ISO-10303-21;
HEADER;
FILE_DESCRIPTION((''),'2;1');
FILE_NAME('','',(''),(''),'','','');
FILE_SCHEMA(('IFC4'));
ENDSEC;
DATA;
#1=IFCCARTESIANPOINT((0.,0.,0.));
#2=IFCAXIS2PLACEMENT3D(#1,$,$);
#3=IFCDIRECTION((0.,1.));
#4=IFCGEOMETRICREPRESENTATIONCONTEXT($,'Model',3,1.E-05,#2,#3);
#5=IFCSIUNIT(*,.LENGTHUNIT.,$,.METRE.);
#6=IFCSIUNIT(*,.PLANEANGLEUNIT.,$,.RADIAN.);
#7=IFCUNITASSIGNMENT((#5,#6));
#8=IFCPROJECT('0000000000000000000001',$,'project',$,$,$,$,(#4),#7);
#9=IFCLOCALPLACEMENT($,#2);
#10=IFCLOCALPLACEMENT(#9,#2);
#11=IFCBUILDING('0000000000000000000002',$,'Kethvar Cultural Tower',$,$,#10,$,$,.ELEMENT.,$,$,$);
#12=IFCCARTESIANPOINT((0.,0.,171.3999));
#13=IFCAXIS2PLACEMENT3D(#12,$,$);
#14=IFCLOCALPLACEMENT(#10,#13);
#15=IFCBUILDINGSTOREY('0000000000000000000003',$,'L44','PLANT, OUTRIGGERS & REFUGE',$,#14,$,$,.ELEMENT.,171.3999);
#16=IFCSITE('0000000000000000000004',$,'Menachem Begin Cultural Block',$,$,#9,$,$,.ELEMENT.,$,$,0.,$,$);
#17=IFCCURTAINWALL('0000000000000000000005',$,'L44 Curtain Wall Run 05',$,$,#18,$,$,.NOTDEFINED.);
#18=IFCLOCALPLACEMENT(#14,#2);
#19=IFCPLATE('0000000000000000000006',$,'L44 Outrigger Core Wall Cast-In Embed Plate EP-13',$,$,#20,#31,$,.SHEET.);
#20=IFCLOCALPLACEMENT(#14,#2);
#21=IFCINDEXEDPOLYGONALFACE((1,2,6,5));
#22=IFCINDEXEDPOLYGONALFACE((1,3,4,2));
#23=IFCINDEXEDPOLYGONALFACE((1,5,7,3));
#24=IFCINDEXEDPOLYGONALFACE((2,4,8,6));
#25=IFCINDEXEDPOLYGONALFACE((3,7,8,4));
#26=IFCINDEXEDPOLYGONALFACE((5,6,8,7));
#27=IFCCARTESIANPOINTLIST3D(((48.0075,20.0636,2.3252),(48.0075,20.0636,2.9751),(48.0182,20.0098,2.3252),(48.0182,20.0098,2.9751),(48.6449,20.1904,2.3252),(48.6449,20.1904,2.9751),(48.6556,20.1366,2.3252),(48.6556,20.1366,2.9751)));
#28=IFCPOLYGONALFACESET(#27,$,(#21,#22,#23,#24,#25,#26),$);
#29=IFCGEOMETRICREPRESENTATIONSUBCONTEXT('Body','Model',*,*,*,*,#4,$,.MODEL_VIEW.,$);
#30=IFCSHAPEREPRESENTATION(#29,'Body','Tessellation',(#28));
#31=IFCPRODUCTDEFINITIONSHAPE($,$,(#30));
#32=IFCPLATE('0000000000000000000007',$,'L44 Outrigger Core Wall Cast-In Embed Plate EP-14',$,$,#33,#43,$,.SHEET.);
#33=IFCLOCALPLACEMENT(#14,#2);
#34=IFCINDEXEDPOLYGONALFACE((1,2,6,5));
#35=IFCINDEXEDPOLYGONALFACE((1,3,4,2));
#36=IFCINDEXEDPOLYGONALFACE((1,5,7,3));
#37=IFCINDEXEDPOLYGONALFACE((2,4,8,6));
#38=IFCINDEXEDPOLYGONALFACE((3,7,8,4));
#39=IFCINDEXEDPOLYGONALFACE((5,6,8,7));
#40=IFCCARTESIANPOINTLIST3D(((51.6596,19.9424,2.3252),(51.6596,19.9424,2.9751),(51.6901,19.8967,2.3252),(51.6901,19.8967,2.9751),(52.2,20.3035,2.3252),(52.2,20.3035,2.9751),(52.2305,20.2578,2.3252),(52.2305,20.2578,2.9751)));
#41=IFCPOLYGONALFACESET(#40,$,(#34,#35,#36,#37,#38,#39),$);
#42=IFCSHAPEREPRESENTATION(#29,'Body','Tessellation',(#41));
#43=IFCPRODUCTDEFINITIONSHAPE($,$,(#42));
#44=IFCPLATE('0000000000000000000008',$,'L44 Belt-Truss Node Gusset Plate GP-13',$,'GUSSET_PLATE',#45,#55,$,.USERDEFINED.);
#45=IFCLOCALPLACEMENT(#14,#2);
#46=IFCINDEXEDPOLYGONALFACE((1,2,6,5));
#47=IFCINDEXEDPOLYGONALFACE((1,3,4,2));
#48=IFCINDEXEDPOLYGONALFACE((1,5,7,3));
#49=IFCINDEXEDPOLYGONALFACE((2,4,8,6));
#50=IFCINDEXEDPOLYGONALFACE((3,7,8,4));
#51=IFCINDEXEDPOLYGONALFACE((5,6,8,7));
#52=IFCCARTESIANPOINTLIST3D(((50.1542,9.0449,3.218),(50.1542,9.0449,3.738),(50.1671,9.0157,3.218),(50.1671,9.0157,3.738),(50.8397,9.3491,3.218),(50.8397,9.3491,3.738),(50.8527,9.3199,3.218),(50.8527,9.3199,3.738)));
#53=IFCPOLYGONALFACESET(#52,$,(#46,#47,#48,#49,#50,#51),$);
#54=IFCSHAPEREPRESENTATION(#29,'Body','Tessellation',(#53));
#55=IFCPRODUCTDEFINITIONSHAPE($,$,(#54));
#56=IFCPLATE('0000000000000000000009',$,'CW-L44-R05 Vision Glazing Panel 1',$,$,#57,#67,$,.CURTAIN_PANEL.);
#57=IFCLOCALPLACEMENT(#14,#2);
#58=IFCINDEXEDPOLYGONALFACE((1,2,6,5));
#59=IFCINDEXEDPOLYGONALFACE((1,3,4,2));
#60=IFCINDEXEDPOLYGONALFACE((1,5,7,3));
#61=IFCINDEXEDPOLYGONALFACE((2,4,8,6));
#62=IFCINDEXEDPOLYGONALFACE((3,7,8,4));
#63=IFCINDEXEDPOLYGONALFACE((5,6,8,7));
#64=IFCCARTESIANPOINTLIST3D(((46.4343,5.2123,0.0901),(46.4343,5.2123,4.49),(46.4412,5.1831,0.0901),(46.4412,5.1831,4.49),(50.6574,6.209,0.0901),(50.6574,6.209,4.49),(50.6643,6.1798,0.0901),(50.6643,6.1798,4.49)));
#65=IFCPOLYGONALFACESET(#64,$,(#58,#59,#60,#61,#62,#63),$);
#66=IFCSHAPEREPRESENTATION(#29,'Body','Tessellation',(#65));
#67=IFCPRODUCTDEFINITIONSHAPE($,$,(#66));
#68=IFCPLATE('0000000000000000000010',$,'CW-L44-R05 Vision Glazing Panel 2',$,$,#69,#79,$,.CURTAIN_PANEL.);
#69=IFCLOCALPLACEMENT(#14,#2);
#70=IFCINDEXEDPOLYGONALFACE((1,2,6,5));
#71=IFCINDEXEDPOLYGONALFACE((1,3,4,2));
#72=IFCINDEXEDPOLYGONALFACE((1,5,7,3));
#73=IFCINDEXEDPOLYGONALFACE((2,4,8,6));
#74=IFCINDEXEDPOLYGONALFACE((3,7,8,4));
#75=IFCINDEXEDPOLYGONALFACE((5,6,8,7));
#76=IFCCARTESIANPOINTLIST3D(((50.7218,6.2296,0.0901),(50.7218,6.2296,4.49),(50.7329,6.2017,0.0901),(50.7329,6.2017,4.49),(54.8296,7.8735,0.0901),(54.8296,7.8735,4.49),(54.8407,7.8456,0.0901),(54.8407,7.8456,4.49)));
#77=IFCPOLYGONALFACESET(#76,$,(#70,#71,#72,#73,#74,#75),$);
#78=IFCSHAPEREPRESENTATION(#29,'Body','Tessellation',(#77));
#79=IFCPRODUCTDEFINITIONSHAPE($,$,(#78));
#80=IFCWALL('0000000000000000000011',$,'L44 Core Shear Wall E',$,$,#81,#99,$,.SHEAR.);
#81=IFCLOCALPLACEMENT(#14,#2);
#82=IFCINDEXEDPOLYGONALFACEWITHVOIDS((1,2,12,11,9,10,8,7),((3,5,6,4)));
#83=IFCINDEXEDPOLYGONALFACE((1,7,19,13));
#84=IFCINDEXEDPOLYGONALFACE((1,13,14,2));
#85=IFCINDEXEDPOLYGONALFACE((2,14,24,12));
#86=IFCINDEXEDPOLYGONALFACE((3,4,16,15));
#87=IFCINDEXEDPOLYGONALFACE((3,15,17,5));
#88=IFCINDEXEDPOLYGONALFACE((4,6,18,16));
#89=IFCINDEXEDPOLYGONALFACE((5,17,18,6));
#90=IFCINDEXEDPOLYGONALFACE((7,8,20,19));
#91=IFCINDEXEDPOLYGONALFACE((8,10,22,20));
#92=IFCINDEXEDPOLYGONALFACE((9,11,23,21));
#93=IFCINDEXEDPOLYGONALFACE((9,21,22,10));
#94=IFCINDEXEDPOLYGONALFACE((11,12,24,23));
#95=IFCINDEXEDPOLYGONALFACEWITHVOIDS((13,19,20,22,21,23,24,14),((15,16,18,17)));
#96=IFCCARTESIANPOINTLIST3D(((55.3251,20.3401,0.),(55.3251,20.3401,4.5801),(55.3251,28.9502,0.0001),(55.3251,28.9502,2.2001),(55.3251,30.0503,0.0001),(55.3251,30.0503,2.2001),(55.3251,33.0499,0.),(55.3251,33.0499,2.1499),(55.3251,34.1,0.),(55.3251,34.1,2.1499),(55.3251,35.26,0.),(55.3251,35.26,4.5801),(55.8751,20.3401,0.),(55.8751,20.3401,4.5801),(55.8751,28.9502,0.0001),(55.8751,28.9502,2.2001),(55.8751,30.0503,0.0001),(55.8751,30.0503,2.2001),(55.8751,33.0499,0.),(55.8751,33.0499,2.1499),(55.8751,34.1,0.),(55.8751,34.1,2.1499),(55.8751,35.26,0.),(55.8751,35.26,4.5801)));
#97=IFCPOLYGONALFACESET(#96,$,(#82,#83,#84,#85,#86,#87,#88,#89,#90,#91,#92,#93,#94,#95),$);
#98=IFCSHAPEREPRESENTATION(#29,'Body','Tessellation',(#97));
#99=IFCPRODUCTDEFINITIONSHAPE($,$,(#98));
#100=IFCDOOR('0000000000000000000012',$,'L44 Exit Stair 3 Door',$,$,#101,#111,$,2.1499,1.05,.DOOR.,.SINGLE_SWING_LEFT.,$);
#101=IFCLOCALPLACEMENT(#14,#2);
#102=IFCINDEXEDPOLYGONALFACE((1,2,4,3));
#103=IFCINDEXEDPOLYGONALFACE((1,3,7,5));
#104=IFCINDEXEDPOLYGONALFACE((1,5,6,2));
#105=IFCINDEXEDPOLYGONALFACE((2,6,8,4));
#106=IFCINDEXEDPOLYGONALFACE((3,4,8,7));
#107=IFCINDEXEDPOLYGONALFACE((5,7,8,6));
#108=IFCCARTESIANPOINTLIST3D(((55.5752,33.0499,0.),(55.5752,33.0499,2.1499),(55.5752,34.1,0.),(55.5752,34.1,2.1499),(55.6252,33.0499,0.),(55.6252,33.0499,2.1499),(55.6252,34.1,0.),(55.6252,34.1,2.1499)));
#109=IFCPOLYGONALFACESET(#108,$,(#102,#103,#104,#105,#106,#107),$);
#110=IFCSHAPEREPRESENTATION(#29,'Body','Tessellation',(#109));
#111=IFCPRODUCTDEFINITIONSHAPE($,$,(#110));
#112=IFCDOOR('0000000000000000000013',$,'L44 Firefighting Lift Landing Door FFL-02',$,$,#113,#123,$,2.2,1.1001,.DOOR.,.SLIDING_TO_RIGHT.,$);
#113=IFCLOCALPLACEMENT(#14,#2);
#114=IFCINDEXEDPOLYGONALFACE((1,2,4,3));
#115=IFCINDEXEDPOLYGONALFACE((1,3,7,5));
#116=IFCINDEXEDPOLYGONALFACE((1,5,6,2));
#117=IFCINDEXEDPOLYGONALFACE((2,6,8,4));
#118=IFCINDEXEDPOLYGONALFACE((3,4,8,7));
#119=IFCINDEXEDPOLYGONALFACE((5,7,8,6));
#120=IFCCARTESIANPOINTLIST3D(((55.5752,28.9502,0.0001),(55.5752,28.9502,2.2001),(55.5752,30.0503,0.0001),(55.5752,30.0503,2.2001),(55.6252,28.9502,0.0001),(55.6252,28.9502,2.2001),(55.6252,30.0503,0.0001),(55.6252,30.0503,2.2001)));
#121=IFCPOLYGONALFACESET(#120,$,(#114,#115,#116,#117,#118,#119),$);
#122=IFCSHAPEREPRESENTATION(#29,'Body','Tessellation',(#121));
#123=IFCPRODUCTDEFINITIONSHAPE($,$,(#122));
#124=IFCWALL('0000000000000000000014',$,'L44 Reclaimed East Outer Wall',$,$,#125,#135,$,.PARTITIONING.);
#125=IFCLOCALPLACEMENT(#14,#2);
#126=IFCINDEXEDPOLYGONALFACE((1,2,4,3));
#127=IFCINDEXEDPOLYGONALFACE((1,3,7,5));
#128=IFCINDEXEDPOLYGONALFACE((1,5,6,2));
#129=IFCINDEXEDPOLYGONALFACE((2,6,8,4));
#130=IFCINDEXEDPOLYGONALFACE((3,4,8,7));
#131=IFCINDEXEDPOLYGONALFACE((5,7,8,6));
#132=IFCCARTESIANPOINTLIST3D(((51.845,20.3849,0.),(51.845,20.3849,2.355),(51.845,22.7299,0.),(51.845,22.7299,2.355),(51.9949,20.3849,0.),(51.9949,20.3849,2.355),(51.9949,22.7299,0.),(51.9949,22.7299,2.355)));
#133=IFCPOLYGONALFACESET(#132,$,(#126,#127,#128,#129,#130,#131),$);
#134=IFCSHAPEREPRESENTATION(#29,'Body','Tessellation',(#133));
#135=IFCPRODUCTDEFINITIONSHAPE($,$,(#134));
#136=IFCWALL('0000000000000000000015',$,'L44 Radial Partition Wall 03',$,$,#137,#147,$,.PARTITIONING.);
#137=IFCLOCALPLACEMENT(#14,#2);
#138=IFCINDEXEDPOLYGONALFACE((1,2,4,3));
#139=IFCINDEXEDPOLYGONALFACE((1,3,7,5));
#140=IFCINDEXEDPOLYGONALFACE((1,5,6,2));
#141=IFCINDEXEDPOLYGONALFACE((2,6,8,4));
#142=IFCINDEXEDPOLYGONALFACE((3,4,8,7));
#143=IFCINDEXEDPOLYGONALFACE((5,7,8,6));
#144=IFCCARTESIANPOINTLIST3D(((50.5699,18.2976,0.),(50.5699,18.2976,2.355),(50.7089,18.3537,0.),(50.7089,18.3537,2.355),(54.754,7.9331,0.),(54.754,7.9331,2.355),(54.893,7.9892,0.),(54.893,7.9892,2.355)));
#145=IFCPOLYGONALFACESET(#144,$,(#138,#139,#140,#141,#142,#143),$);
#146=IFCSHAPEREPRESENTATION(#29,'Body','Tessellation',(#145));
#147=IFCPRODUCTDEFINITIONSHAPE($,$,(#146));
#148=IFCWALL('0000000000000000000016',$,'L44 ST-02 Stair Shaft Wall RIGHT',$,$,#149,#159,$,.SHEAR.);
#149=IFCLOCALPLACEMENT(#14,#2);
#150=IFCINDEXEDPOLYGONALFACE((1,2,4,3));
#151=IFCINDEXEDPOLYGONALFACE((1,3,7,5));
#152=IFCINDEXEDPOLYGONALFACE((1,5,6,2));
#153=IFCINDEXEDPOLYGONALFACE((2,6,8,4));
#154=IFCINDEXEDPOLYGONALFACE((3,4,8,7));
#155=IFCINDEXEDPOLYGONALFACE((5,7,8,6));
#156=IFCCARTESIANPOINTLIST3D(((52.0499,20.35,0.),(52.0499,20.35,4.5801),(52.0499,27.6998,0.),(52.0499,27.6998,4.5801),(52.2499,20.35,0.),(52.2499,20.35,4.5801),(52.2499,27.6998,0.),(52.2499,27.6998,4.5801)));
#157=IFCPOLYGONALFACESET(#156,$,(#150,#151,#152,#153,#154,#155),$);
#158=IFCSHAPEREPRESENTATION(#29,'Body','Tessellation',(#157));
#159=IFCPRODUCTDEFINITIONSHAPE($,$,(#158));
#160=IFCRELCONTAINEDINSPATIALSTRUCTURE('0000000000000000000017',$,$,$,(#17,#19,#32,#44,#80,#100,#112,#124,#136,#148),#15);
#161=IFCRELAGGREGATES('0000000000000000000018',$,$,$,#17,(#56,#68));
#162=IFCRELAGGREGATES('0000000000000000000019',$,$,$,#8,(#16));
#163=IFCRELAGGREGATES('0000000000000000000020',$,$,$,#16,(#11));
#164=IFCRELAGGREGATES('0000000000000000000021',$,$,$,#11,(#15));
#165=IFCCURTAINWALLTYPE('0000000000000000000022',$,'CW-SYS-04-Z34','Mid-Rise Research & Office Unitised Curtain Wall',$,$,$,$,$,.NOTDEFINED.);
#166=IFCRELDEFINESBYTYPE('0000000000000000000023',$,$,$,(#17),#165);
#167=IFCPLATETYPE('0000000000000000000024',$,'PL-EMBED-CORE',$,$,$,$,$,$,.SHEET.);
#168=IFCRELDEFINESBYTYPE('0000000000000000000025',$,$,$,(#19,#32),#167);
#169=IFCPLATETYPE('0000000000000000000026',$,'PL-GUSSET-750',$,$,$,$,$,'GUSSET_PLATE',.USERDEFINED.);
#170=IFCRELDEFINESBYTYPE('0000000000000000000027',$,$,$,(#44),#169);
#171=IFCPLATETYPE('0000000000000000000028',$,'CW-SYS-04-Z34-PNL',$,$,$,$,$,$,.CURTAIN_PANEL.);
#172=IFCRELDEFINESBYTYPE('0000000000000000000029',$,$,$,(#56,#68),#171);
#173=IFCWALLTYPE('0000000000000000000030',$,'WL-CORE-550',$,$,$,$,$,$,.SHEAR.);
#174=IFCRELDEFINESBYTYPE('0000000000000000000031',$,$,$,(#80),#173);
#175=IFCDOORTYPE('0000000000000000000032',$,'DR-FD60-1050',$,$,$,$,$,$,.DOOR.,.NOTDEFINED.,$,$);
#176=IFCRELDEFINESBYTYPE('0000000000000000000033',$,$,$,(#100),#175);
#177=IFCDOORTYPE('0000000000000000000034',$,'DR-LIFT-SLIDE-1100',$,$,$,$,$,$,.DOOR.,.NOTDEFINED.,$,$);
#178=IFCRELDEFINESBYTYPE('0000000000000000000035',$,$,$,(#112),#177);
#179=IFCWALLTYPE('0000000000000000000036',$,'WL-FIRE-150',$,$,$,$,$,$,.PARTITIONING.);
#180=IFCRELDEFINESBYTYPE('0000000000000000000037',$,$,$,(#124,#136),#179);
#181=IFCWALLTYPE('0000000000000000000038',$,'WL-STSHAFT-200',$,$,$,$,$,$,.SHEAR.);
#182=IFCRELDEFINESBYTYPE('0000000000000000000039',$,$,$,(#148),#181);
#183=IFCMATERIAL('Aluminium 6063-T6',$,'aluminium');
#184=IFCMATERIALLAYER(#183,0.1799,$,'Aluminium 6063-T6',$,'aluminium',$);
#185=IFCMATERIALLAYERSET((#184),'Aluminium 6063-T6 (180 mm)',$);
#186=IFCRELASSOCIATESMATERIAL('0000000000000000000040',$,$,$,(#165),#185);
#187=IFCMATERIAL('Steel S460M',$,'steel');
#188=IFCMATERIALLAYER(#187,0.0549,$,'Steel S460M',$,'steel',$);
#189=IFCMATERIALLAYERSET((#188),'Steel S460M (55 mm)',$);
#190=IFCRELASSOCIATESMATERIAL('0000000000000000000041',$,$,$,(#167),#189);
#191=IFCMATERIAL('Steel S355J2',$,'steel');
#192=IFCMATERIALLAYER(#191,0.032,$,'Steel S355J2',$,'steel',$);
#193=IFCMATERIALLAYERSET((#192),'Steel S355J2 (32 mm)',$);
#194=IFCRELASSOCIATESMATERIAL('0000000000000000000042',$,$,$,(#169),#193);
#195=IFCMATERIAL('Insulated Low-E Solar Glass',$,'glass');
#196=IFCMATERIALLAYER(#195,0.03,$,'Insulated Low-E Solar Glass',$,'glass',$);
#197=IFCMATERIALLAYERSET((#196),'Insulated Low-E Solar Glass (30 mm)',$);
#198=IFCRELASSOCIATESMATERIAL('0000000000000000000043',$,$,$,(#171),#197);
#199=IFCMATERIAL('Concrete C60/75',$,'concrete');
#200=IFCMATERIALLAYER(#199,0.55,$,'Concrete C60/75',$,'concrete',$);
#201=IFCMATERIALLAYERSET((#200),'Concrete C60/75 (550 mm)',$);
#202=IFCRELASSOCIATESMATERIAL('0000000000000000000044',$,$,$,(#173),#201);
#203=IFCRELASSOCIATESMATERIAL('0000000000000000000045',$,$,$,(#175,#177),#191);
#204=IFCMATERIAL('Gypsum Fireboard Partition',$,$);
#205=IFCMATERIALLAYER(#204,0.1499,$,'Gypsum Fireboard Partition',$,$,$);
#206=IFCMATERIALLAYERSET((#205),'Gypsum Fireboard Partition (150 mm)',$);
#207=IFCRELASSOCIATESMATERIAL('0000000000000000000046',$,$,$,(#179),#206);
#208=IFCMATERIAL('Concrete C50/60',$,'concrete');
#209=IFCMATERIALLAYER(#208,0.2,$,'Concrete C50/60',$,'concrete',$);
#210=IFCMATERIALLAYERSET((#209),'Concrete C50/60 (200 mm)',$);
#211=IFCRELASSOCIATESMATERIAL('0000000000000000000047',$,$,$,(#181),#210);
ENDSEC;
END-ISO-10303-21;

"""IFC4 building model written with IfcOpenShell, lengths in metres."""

from ifc_helpers import new_model, si_unit, direction, frame, frame_2d, origin, origin_2d, place, context, subcontext, project, spatial, rectangle, extrude, source, transform, mapped, material, layer, layer_set, type_object, element, fill, aggregate, save


model = new_model("IFC4")

# Units and contexts
model_context = context("Model", 3, precision=1e-05, world=origin(), true_north=direction((0.0, 1.0)))
body_context = subcontext(model_context, "Body", "Model", "MODEL_VIEW")
ifc_project = project(units=[si_unit("LENGTHUNIT", "METRE"), si_unit("PLANEANGLEUNIT", "RADIAN")], contexts=[model_context])

# Site, building, storey
site_placement = place(None, origin())
site = spatial("IfcSite", under=ifc_project, at=site_placement, Name="Menachem Begin Cultural Block", CompositionType="ELEMENT", RefElevation=0.0)
building_placement = place(site_placement, origin())
building = spatial("IfcBuilding", under=site, at=building_placement, Name="Kethvar Cultural Tower", CompositionType="ELEMENT")
storey_placement = place(building_placement, frame((0.0, 0.0, 171.3999)))
storey = spatial("IfcBuildingStorey", under=building, at=storey_placement, Name="L44", Description="PLANT, OUTRIGGERS & REFUGE", CompositionType="ELEMENT", Elevation=171.3999)

# Shared definitions
ifc_material_1 = material(Name="Steel S460M", Category="steel")

# Curtain wall
ifc_material_2 = material(Name="Aluminium 6063-T6", Category="aluminium")
ifc_layer_1 = layer(ifc_material_2, 0.1799, Name="Aluminium 6063-T6", Category="aluminium")
ifc_layer_set_1 = layer_set([ifc_layer_1], Name="Aluminium 6063-T6 (180 mm)")
curtain_wall_type = type_object("IfcCurtainWallType", Name="CW-SYS-04-Z34", Description="Mid-Rise Research & Office Unitised Curtain Wall", PredefinedType="NOTDEFINED", material=ifc_layer_set_1)
curtain_wall_placement = place(storey_placement, origin())
curtain_wall = element("IfcCurtainWall", 1, at=curtain_wall_placement, inside=storey, type_object=curtain_wall_type, Name="L44 Curtain Wall Run 05", PredefinedType="NOTDEFINED")

# Plates
ifc_layer_2 = layer(ifc_material_1, 0.0549, Name="Steel S460M", Category="steel")
ifc_layer_set_2 = layer_set([ifc_layer_2], Name="Steel S460M (55 mm)")
plate_type_1 = type_object("IfcPlateType", Name="PL-EMBED-CORE", PredefinedType="SHEET", material=ifc_layer_set_2)
shared_shape_1 = source(origin(), body_context, "Body", "SweptSolid", [
    extrude(rectangle(XDim=0.0549, YDim=0.6499, at=origin_2d()), origin(), (0.0, 0.0, 1.0), 0.6499),
])
for number, where, z_axis, x_axis, name in (
    (2, (48.3315, 20.1001, 2.3252), (0.0, 0.0, 1.0), (0.19509, -0.980785, 0.0), "L44 Outrigger Core Wall Cast-In Embed Plate EP-13"),
    (3, (51.9451, 20.1001, 2.3252), (0.0, 0.0, 1.0), (0.55557, -0.83147, 0.0), "L44 Outrigger Core Wall Cast-In Embed Plate EP-14"),
):
    element("IfcPlate", number, at=place(storey_placement, frame(where, z_axis=z_axis, x_axis=x_axis)), inside=storey, type_object=plate_type_1, Name=name, PredefinedType="SHEET", context=body_context, shape_type="MappedRepresentation", body=[
        mapped(shared_shape_1, transform((0.0, 0.0, 0.0), scale=1.0)),
    ])
ifc_material_3 = material(Name="Steel S355J2", Category="steel")
ifc_layer_3 = layer(ifc_material_3, 0.032, Name="Steel S355J2", Category="steel")
ifc_layer_set_3 = layer_set([ifc_layer_3], Name="Steel S355J2 (32 mm)")
plate_type_2 = type_object("IfcPlateType", Name="PL-GUSSET-750", ElementType="GUSSET_PLATE", PredefinedType="USERDEFINED", material=ifc_layer_set_3)
shared_shape_2 = source(origin(), body_context, "Body", "SweptSolid", [
    extrude(rectangle(XDim=0.75, YDim=0.032, at=origin_2d()), origin(), (0.0, 0.0, 1.0), 0.52),
])
plate_1_placement = place(storey_placement, frame((50.5034, 9.1824, 3.218), z_axis=(0.0, 0.0, 1.0), x_axis=(0.914057, 0.405586, 0.0)))
element("IfcPlate", 4, at=plate_1_placement, inside=storey, type_object=plate_type_2, Name="L44 Belt-Truss Node Gusset Plate GP-13", ObjectType="GUSSET_PLATE", PredefinedType="USERDEFINED", context=body_context, shape_type="MappedRepresentation", body=[
    mapped(shared_shape_2, transform((0.0, 0.0, 0.0), scale=1.0)),
])

# Plates
ifc_material_4 = material(Name="Insulated Low-E Solar Glass", Category="glass")
ifc_layer_4 = layer(ifc_material_4, 0.03, Name="Insulated Low-E Solar Glass", Category="glass")
ifc_layer_set_4 = layer_set([ifc_layer_4], Name="Insulated Low-E Solar Glass (30 mm)")
plate_type_3 = type_object("IfcPlateType", Name="CW-SYS-04-Z34-PNL", PredefinedType="CURTAIN_PANEL", material=ifc_layer_set_4)
shared_shape_3 = source(origin(), body_context, "Body", "SweptSolid", [
    extrude(rectangle(XDim=4.3391, YDim=0.03, at=origin_2d()), origin(), (0.0, 0.0, 1.0), 4.3999),
])
plate_2_placement = place(storey_placement, frame((48.5493, 5.696, 0.0901), z_axis=(0.0, 0.0, 1.0), x_axis=(0.973259, 0.22971, 0.0)))
plate_2 = element("IfcPlate", 5, at=plate_2_placement, type_object=plate_type_3, Name="CW-L44-R05 Vision Glazing Panel 1", PredefinedType="CURTAIN_PANEL", context=body_context, shape_type="MappedRepresentation", body=[
    mapped(shared_shape_3, transform((0.0, 0.0, 0.0), scale=1.0)),
])
shared_shape_4 = source(origin(), body_context, "Body", "SweptSolid", [
    extrude(rectangle(XDim=4.4246, YDim=0.03, at=origin_2d()), origin(), (0.0, 0.0, 1.0), 4.3999),
])
plate_3_placement = place(storey_placement, frame((52.7812, 7.0376, 0.0901), z_axis=(0.0, 0.0, 1.0), x_axis=(0.928415, 0.371546, 0.0)))
plate_3 = element("IfcPlate", 6, at=plate_3_placement, type_object=plate_type_3, Name="CW-L44-R05 Vision Glazing Panel 2", PredefinedType="CURTAIN_PANEL", context=body_context, shape_type="MappedRepresentation", body=[
    mapped(shared_shape_4, transform((0.0, 0.0, 0.0), scale=1.0)),
])
aggregate(curtain_wall, [plate_2, plate_3])

# Wall, openings, doors
ifc_material_5 = material(Name="Concrete C60/75", Category="concrete")
ifc_layer_5 = layer(ifc_material_5, 0.55, Name="Concrete C60/75", Category="concrete")
ifc_layer_set_5 = layer_set([ifc_layer_5], Name="Concrete C60/75 (550 mm)")
wall_type_1 = type_object("IfcWallType", Name="WL-CORE-550", PredefinedType="SHEAR", material=ifc_layer_set_5)
wall_1_placement = place(storey_placement, frame((55.6001, 20.3401, 0.0), z_axis=(0.0, 0.0, 1.0), x_axis=(0.0, 1.0, 0.0)))
wall_1 = element("IfcWall", 7, at=wall_1_placement, inside=storey, type_object=wall_type_1, Name="L44 Core Shear Wall E", PredefinedType="SHEAR", context=body_context, shape_type="SweptSolid", body=[
    extrude(rectangle(XDim=14.9199, YDim=0.55, at=frame_2d((7.46, 0.0))), origin(), (0.0, 0.0, 1.0), 4.5801),
])
opening_1_placement = place(wall_1_placement, frame((12.71, 0.0, 0.0)))
opening_1 = element("IfcOpeningElement", 8, at=opening_1_placement, cuts=wall_1, PredefinedType="OPENING", context=body_context, shape_type="SweptSolid", body=[
    extrude(rectangle(XDim=1.05, YDim=2.1499, at=frame_2d((0.5249, 1.075))), frame((0.0, 0.2849, 0.0), z_axis=(0.0, -1.0, 0.0), x_axis=(1.0, 0.0, 0.0)), (0.0, 0.0, 1.0), 0.5701),
])
opening_2_placement = place(wall_1_placement, frame((8.6101, 0.0, 0.0)))
opening_2 = element("IfcOpeningElement", 9, at=opening_2_placement, cuts=wall_1, PredefinedType="OPENING", context=body_context, shape_type="SweptSolid", body=[
    extrude(rectangle(XDim=1.1001, YDim=2.2, at=frame_2d((0.55, 1.1001))), frame((0.0, 0.2849, 0.0), z_axis=(0.0, -1.0, 0.0), x_axis=(1.0, 0.0, 0.0)), (0.0, 0.0, 1.0), 0.5701),
])
door_type_1 = type_object("IfcDoorType", Name="DR-FD60-1050", OperationType="NOTDEFINED", PredefinedType="DOOR", material=ifc_material_3)
shared_shape_5 = source(origin(), body_context, "Body", "SweptSolid", [
    extrude(rectangle(XDim=1.05, YDim=2.1499, at=frame_2d((0.5249, 1.075))), frame((0.0, 0.0249, 0.0), z_axis=(0.0, -1.0, 0.0), x_axis=(1.0, 0.0, 0.0)), (0.0, 0.0, 1.0), 0.05),
])
door_1_placement = place(opening_1_placement, origin())
door_1 = element("IfcDoor", 10, at=door_1_placement, inside=storey, type_object=door_type_1, Name="L44 Exit Stair 3 Door", OperationType="SINGLE_SWING_LEFT", OverallHeight=2.1499, OverallWidth=1.05, PredefinedType="DOOR", context=body_context, shape_type="MappedRepresentation", body=[
    mapped(shared_shape_5, transform((0.0, 0.0, 0.0), scale=1.0)),
])
fill(opening_1, door_1)
door_type_2 = type_object("IfcDoorType", Name="DR-LIFT-SLIDE-1100", OperationType="NOTDEFINED", PredefinedType="DOOR", material=ifc_material_3)
shared_shape_6 = source(origin(), body_context, "Body", "SweptSolid", [
    extrude(rectangle(XDim=1.1001, YDim=2.2, at=frame_2d((0.55, 1.1001))), frame((0.0, 0.0249, 0.0), z_axis=(0.0, -1.0, 0.0), x_axis=(1.0, 0.0, 0.0)), (0.0, 0.0, 1.0), 0.05),
])
door_2_placement = place(opening_2_placement, origin())
door_2 = element("IfcDoor", 11, at=door_2_placement, inside=storey, type_object=door_type_2, Name="L44 Firefighting Lift Landing Door FFL-02", OperationType="SLIDING_TO_RIGHT", OverallHeight=2.2, OverallWidth=1.1001, PredefinedType="DOOR", context=body_context, shape_type="MappedRepresentation", body=[
    mapped(shared_shape_6, transform((0.0, 0.0, 0.0), scale=1.0)),
])
fill(opening_2, door_2)

# Walls
ifc_material_6 = material(Name="Gypsum Fireboard Partition")
ifc_layer_6 = layer(ifc_material_6, 0.1499, Name="Gypsum Fireboard Partition")
ifc_layer_set_6 = layer_set([ifc_layer_6], Name="Gypsum Fireboard Partition (150 mm)")
wall_type_2 = type_object("IfcWallType", Name="WL-FIRE-150", PredefinedType="PARTITIONING", material=ifc_layer_set_6)
wall_2_placement = place(storey_placement, frame((51.9199, 20.385, 0.0), z_axis=(0.0, 0.0, 1.0), x_axis=(0.0, 1.0, 0.0)))
element("IfcWall", 12, at=wall_2_placement, inside=storey, type_object=wall_type_2, Name="L44 Reclaimed East Outer Wall", PredefinedType="PARTITIONING", context=body_context, shape_type="SweptSolid", body=[
    extrude(rectangle(XDim=2.345, YDim=0.1499, at=frame_2d((1.1724, 0.0))), origin(), (0.0, 0.0, 1.0), 2.355),
])
wall_3_placement = place(storey_placement, frame((50.6394, 18.3257, 0.0), z_axis=(0.0, 0.0, 1.0), x_axis=(0.374341, -0.927291, 0.0)))
element("IfcWall", 13, at=wall_3_placement, inside=storey, type_object=wall_type_2, Name="L44 Radial Partition Wall 03", PredefinedType="PARTITIONING", context=body_context, shape_type="SweptSolid", body=[
    extrude(rectangle(XDim=11.1772, YDim=0.1499, at=frame_2d((5.5886, 0.0))), origin(), (0.0, 0.0, 1.0), 2.355),
])
ifc_material_7 = material(Name="Concrete C50/60", Category="concrete")
ifc_layer_7 = layer(ifc_material_7, 0.2, Name="Concrete C50/60", Category="concrete")
ifc_layer_set_7 = layer_set([ifc_layer_7], Name="Concrete C50/60 (200 mm)")
wall_type_3 = type_object("IfcWallType", Name="WL-STSHAFT-200", PredefinedType="SHEAR", material=ifc_layer_set_7)
wall_4_placement = place(storey_placement, frame((52.1499, 20.3501, 0.0), z_axis=(0.0, 0.0, 1.0), x_axis=(0.0, 1.0, 0.0)))
element("IfcWall", 14, at=wall_4_placement, inside=storey, type_object=wall_type_3, Name="L44 ST-02 Stair Shaft Wall RIGHT", PredefinedType="SHEAR", context=body_context, shape_type="SweptSolid", body=[
    extrude(rectangle(XDim=7.3499, YDim=0.2, at=frame_2d((3.6748, 0.0))), origin(), (0.0, 0.0, 1.0), 4.5801),
])

save(model, "model.ifc")
